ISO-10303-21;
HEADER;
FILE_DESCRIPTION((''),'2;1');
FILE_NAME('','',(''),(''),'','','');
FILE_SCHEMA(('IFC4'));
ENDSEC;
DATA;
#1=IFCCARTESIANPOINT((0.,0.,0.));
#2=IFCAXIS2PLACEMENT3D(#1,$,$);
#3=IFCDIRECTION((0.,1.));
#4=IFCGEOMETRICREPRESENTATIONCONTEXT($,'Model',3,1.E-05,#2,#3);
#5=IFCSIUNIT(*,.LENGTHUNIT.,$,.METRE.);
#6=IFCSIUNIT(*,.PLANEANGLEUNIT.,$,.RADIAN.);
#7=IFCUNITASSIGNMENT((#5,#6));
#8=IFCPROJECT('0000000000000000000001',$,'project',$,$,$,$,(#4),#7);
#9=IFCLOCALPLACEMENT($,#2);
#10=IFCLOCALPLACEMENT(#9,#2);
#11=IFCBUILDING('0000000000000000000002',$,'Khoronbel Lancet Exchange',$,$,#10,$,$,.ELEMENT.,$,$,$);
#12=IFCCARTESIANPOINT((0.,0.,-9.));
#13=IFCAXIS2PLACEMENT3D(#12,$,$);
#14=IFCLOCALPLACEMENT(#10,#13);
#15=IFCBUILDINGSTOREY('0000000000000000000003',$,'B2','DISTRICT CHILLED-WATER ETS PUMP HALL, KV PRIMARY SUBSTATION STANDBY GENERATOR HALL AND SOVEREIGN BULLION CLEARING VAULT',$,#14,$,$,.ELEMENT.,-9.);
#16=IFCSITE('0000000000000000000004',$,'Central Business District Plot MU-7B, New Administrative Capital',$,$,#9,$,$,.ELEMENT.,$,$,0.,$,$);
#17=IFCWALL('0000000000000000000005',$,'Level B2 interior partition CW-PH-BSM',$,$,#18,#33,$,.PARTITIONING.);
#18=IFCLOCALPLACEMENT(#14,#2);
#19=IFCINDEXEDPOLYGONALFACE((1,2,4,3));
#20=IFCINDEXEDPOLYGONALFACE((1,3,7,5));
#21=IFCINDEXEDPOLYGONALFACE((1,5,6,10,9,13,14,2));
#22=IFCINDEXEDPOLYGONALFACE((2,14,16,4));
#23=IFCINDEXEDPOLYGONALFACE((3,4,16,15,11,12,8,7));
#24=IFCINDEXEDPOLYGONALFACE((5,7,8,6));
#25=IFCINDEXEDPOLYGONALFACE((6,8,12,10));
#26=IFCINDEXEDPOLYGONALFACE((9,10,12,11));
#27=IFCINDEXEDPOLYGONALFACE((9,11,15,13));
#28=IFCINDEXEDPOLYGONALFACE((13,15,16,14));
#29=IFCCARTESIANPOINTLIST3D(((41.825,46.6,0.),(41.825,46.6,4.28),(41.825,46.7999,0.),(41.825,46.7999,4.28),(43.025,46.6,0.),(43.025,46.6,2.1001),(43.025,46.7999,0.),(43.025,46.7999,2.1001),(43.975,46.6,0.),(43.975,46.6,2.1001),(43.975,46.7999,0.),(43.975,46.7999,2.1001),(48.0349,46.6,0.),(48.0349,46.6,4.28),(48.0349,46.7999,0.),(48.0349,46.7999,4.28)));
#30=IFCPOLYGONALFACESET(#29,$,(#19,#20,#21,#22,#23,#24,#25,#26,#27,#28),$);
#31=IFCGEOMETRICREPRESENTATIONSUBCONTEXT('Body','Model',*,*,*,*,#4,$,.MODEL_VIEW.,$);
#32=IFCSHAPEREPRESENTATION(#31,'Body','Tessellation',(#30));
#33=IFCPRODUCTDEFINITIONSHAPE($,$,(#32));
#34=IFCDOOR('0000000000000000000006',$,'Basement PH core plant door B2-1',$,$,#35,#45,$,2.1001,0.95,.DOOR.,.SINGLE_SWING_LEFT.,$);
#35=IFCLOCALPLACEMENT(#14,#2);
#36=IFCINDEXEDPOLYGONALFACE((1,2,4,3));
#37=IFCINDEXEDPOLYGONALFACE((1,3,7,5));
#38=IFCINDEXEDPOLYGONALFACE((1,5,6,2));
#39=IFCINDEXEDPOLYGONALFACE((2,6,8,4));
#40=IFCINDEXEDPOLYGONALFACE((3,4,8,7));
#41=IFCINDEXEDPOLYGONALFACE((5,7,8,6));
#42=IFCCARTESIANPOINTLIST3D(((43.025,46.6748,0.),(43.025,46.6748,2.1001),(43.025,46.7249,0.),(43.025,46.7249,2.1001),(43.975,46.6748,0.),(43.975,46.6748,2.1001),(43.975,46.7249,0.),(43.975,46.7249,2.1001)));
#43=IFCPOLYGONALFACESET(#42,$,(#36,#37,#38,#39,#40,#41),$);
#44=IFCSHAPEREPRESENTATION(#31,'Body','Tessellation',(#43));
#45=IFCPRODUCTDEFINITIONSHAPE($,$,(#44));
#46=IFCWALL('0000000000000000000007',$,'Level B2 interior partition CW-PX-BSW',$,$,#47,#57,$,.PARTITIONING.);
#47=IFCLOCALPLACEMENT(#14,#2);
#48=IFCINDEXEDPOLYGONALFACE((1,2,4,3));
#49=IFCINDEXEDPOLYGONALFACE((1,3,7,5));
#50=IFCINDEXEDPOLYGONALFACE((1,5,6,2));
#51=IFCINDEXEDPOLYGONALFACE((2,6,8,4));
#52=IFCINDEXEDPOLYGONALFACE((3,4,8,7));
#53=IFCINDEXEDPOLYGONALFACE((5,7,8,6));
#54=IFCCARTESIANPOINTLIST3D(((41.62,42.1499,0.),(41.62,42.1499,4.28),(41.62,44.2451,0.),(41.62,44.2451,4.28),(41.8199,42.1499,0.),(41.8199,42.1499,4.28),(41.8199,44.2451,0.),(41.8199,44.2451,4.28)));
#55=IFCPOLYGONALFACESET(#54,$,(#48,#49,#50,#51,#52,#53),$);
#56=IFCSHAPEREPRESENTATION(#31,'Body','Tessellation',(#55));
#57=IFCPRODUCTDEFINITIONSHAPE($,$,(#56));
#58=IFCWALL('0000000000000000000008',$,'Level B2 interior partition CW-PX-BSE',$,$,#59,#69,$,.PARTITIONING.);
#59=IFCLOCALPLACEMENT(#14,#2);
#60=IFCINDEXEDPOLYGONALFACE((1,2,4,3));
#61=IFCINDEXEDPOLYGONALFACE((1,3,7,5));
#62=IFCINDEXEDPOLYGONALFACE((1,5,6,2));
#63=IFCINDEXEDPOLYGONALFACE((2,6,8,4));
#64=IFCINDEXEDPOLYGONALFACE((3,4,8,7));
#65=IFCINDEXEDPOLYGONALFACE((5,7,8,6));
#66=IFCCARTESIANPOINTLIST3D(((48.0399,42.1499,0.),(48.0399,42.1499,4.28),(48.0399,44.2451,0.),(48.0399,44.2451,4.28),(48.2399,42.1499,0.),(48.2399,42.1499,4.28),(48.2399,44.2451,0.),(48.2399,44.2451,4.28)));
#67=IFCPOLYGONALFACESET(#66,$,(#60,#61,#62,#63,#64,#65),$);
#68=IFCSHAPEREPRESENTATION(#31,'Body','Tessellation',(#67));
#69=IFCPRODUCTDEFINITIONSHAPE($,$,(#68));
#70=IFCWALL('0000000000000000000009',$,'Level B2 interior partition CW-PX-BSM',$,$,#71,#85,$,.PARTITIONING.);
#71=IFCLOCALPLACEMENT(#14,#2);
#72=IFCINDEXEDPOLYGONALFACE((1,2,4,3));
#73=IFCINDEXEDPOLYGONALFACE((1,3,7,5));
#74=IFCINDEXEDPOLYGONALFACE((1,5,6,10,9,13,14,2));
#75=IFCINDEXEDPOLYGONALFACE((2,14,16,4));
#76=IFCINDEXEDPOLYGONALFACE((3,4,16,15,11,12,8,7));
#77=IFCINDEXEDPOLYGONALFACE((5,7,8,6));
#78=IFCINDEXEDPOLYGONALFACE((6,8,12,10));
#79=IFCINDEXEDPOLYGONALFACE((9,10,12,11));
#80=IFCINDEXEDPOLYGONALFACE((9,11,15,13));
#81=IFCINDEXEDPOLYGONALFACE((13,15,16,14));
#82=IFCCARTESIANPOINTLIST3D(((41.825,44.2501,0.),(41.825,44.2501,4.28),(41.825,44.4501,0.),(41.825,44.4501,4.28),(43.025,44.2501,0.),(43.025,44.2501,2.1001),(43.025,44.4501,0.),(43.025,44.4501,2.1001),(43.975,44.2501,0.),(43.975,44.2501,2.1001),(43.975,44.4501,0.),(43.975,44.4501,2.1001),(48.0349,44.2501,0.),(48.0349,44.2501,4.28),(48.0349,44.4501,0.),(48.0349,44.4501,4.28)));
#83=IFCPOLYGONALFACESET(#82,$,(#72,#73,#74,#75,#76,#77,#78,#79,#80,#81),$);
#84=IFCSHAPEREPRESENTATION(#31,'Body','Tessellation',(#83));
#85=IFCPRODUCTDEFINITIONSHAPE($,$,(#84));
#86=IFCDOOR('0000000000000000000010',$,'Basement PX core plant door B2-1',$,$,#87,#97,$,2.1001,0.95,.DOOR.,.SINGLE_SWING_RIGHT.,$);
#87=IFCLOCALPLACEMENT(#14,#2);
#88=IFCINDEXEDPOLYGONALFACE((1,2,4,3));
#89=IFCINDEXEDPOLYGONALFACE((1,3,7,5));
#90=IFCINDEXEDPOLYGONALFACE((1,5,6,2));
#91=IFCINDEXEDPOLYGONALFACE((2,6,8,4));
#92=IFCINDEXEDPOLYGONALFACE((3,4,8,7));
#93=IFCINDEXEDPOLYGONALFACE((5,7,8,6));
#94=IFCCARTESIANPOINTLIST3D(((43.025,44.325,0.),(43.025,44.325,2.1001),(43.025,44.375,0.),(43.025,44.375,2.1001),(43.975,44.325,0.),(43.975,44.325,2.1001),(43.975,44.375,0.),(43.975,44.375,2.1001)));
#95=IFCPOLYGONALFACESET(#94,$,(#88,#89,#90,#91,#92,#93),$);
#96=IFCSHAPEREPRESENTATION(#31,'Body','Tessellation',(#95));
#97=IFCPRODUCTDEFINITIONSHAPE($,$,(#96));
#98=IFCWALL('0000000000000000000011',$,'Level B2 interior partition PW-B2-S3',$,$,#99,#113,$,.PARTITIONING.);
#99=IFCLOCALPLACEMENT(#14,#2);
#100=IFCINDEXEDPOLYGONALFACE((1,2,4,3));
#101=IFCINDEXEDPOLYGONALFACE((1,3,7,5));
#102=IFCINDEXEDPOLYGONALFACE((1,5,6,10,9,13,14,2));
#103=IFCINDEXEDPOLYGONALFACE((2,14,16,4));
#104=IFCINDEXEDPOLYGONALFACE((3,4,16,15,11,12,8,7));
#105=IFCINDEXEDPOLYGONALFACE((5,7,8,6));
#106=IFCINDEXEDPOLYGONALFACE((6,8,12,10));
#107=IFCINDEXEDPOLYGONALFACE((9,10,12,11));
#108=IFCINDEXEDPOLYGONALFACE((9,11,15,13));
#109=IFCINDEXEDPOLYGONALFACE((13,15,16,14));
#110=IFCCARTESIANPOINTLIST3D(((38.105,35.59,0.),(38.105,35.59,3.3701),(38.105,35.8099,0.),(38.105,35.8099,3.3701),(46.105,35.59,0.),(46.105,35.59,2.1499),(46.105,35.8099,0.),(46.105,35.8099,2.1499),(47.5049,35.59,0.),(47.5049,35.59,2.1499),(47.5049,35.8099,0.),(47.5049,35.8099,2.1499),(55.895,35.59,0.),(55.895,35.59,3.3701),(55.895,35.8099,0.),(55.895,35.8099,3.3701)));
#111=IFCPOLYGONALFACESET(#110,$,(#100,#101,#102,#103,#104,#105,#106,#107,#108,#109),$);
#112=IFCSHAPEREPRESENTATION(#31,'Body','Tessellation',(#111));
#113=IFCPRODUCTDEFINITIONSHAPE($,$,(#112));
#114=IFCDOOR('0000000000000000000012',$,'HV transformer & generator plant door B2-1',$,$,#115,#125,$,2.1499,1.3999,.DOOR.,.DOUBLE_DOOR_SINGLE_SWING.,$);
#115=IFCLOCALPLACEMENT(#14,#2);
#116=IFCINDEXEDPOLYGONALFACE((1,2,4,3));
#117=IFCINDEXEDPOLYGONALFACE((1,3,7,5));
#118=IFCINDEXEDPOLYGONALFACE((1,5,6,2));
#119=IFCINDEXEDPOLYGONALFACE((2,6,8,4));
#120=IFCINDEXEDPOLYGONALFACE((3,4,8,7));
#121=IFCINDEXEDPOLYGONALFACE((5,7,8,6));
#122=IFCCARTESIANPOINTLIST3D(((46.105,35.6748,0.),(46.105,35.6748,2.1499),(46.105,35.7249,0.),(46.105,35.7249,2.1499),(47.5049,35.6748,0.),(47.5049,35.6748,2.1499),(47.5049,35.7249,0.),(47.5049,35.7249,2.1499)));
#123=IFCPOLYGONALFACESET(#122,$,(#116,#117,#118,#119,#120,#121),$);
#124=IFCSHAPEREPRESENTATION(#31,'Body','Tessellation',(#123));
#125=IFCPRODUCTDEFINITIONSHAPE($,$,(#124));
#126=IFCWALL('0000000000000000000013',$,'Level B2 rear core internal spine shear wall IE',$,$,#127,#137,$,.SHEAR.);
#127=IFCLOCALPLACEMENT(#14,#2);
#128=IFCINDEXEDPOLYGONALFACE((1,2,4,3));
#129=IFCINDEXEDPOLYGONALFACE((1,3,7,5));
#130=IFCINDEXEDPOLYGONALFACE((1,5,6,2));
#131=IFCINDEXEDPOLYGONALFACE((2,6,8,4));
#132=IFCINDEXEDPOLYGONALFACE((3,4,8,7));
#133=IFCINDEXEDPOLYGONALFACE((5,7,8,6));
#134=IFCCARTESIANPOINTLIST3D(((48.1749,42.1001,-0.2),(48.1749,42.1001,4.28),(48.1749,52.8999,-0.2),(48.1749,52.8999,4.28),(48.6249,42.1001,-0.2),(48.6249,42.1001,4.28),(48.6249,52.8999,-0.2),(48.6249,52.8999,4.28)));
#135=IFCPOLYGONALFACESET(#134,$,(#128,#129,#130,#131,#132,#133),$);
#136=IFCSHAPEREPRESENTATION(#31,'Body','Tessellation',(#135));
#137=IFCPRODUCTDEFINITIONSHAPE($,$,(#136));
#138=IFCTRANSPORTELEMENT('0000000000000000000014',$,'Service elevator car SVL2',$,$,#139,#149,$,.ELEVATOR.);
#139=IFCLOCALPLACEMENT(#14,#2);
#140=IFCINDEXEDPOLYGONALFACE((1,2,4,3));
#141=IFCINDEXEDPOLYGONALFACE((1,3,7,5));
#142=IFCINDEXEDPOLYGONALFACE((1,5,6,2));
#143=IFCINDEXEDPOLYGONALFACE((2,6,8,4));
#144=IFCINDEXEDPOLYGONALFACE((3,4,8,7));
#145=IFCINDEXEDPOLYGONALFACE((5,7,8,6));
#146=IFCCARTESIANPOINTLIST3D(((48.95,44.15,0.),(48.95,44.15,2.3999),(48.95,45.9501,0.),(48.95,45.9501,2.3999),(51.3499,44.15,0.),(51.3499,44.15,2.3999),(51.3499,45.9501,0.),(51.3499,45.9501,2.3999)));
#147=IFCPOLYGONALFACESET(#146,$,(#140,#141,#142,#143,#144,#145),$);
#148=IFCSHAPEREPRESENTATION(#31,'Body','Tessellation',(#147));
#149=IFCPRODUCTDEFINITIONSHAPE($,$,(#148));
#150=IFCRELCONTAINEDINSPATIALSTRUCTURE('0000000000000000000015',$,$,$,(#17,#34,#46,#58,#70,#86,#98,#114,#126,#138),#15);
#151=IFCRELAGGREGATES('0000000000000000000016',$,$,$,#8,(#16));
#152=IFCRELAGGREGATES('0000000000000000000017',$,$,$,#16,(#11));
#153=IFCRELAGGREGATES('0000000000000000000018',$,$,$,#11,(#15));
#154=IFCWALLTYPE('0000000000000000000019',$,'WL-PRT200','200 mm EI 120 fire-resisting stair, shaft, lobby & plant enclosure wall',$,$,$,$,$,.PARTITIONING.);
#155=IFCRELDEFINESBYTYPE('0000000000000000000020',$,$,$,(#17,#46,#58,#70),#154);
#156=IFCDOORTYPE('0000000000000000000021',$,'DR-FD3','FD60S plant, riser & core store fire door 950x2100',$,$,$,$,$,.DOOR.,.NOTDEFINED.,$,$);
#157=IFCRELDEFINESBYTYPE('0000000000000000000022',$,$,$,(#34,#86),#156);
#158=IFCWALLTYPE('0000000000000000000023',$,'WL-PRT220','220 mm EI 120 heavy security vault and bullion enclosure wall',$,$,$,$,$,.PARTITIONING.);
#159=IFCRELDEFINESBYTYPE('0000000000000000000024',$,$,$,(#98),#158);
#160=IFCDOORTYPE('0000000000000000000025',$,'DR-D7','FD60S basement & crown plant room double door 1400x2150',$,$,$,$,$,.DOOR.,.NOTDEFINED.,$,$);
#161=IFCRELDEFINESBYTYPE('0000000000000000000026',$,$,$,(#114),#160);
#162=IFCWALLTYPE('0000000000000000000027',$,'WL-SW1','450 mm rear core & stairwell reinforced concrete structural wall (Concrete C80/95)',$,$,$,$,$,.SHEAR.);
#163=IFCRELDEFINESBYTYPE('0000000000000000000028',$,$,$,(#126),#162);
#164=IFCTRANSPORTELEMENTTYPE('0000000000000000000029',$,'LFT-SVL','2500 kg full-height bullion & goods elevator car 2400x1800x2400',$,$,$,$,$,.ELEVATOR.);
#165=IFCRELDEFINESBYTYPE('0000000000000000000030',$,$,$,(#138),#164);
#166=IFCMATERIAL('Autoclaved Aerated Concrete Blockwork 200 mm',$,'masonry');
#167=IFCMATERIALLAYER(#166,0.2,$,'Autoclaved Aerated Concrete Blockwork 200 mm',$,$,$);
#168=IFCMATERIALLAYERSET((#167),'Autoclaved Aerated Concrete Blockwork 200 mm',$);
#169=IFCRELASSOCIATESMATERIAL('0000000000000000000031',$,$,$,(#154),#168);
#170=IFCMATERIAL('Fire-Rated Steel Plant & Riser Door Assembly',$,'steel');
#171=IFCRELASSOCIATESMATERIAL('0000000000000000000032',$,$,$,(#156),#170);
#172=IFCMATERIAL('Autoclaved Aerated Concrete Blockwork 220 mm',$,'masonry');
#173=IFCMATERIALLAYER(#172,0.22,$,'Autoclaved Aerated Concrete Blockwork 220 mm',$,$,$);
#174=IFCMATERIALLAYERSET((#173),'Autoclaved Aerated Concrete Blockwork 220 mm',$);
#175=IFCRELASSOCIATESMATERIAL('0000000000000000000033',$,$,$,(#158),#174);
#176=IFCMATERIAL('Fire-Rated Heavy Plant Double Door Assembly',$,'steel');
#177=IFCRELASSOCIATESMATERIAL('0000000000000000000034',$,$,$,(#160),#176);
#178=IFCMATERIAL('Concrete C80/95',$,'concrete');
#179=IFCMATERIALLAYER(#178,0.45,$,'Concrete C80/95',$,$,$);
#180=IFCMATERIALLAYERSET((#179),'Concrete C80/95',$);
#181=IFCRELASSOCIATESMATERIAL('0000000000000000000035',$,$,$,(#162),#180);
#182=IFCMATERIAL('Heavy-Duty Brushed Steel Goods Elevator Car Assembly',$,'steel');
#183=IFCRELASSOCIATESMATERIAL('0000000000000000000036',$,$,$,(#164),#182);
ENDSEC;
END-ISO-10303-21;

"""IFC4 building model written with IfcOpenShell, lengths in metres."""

from ifc_helpers import new_model, si_unit, direction, frame, frame_2d, origin, origin_2d, place, context, subcontext, project, spatial, rectangle, extrude, material, layer, layer_set, type_object, element, fill, save


model = new_model("IFC4")

# Units and contexts
model_context = context("Model", 3, precision=1e-05, world=origin(), true_north=direction((0.0, 1.0)))
body_context = subcontext(model_context, "Body", "Model", "MODEL_VIEW")
ifc_project = project(units=[si_unit("LENGTHUNIT", "METRE"), si_unit("PLANEANGLEUNIT", "RADIAN")], contexts=[model_context])

# Site, building, storey
site_placement = place(None, origin())
site = spatial("IfcSite", under=ifc_project, at=site_placement, Name="Central Business District Plot MU-7B, New Administrative Capital", CompositionType="ELEMENT", RefElevation=0.0)
building_placement = place(site_placement, origin())
building = spatial("IfcBuilding", under=site, at=building_placement, Name="Khoronbel Lancet Exchange", CompositionType="ELEMENT")
storey_placement = place(building_placement, frame((0.0, 0.0, -9.0)))
storey = spatial("IfcBuildingStorey", under=building, at=storey_placement, Name="B2", Description="DISTRICT CHILLED-WATER ETS PUMP HALL, KV PRIMARY SUBSTATION STANDBY GENERATOR HALL AND SOVEREIGN BULLION CLEARING VAULT", CompositionType="ELEMENT", Elevation=-9.0)

# Shared definitions
ifc_material_1 = material(Name="Concrete C80/95", Category="concrete")

# Shared definitions
ifc_material_2 = material(Name="Autoclaved Aerated Concrete Blockwork 200 mm", Category="masonry")
ifc_layer_1 = layer(ifc_material_2, 0.2, Name="Autoclaved Aerated Concrete Blockwork 200 mm")
ifc_layer_set_1 = layer_set([ifc_layer_1], Name="Autoclaved Aerated Concrete Blockwork 200 mm")
wall_type_1 = type_object("IfcWallType", Name="WL-PRT200", Description="200 mm EI 120 fire-resisting stair, shaft, lobby & plant enclosure wall", PredefinedType="PARTITIONING", material=ifc_layer_set_1)

# Wall, opening, door
wall_1_placement = place(storey_placement, frame((41.825, 46.7, 0.0), z_axis=(0.0, 0.0, 1.0), x_axis=(1.0, 0.0, 0.0)))
wall_1 = element("IfcWall", 1, at=wall_1_placement, inside=storey, type_object=wall_type_1, Name="Level B2 interior partition CW-PH-BSM", PredefinedType="PARTITIONING", context=body_context, shape_type="SweptSolid", body=[
    extrude(rectangle(XDim=6.21, YDim=0.2, at=frame_2d((3.105, 0.0))), origin(), (0.0, 0.0, 1.0), 4.28),
])
opening_1_placement = place(wall_1_placement, frame((1.2, 0.0, 0.0)))
opening_1 = element("IfcOpeningElement", 2, at=opening_1_placement, cuts=wall_1, PredefinedType="OPENING", context=body_context, shape_type="SweptSolid", body=[
    extrude(rectangle(XDim=0.95, YDim=2.1001, at=frame_2d((0.4751, 1.05))), frame((0.0, 0.1099, 0.0), z_axis=(0.0, -1.0, 0.0), x_axis=(1.0, 0.0, 0.0)), (0.0, 0.0, 1.0), 0.22),
])
ifc_material_3 = material(Name="Fire-Rated Steel Plant & Riser Door Assembly", Category="steel")
door_type_1 = type_object("IfcDoorType", Name="DR-FD3", Description="FD60S plant, riser & core store fire door 950x2100", OperationType="NOTDEFINED", PredefinedType="DOOR", material=ifc_material_3)
door_1_placement = place(opening_1_placement, origin())
door_1 = element("IfcDoor", 3, at=door_1_placement, inside=storey, type_object=door_type_1, Name="Basement PH core plant door B2-1", OperationType="SINGLE_SWING_LEFT", OverallHeight=2.1001, OverallWidth=0.95, PredefinedType="DOOR", context=body_context, shape_type="SweptSolid", body=[
    extrude(rectangle(XDim=0.95, YDim=2.1001, at=frame_2d((0.4751, 1.05))), frame((0.0, 0.0249, 0.0), z_axis=(0.0, -1.0, 0.0), x_axis=(1.0, 0.0, 0.0)), (0.0, 0.0, 1.0), 0.05),
])
fill(opening_1, door_1)

# Walls
for number, where, z_axis, x_axis, name in (
    (4, (41.72, 42.1499, 0.0), (0.0, 0.0, 1.0), (0.0, 1.0, 0.0), "Level B2 interior partition CW-PX-BSW"),
    (5, (48.1399, 42.1499, 0.0), (0.0, 0.0, 1.0), (0.0, 1.0, 0.0), "Level B2 interior partition CW-PX-BSE"),
):
    element("IfcWall", number, at=place(storey_placement, frame(where, z_axis=z_axis, x_axis=x_axis)), inside=storey, type_object=wall_type_1, Name=name, PredefinedType="PARTITIONING", context=body_context, shape_type="SweptSolid", body=[
        extrude(rectangle(XDim=2.0952, YDim=0.2, at=frame_2d((1.0476, 0.0))), origin(), (0.0, 0.0, 1.0), 4.28),
    ])

# Walls, openings, doors
wall_2_placement = place(storey_placement, frame((41.825, 44.3501, 0.0), z_axis=(0.0, 0.0, 1.0), x_axis=(1.0, 0.0, 0.0)))
wall_2 = element("IfcWall", 6, at=wall_2_placement, inside=storey, type_object=wall_type_1, Name="Level B2 interior partition CW-PX-BSM", PredefinedType="PARTITIONING", context=body_context, shape_type="SweptSolid", body=[
    extrude(rectangle(XDim=6.21, YDim=0.2, at=frame_2d((3.105, 0.0))), origin(), (0.0, 0.0, 1.0), 4.28),
])
opening_2_placement = place(wall_2_placement, frame((1.2, 0.0, 0.0)))
opening_2 = element("IfcOpeningElement", 7, at=opening_2_placement, cuts=wall_2, PredefinedType="OPENING", context=body_context, shape_type="SweptSolid", body=[
    extrude(rectangle(XDim=0.95, YDim=2.1001, at=frame_2d((0.4751, 1.05))), frame((0.0, 0.1099, 0.0), z_axis=(0.0, -1.0, 0.0), x_axis=(1.0, 0.0, 0.0)), (0.0, 0.0, 1.0), 0.22),
])
door_2_placement = place(opening_2_placement, origin())
door_2 = element("IfcDoor", 8, at=door_2_placement, inside=storey, type_object=door_type_1, Name="Basement PX core plant door B2-1", OperationType="SINGLE_SWING_RIGHT", OverallHeight=2.1001, OverallWidth=0.95, PredefinedType="DOOR", context=body_context, shape_type="SweptSolid", body=[
    extrude(rectangle(XDim=0.95, YDim=2.1001, at=frame_2d((0.4751, 1.05))), frame((0.0, 0.0249, 0.0), z_axis=(0.0, -1.0, 0.0), x_axis=(1.0, 0.0, 0.0)), (0.0, 0.0, 1.0), 0.05),
])
fill(opening_2, door_2)
ifc_material_4 = material(Name="Autoclaved Aerated Concrete Blockwork 220 mm", Category="masonry")
ifc_layer_2 = layer(ifc_material_4, 0.22, Name="Autoclaved Aerated Concrete Blockwork 220 mm")
ifc_layer_set_2 = layer_set([ifc_layer_2], Name="Autoclaved Aerated Concrete Blockwork 220 mm")
wall_type_2 = type_object("IfcWallType", Name="WL-PRT220", Description="220 mm EI 120 heavy security vault and bullion enclosure wall", PredefinedType="PARTITIONING", material=ifc_layer_set_2)
wall_3_placement = place(storey_placement, frame((38.105, 35.7, 0.0), z_axis=(0.0, 0.0, 1.0), x_axis=(1.0, 0.0, 0.0)))
wall_3 = element("IfcWall", 9, at=wall_3_placement, inside=storey, type_object=wall_type_2, Name="Level B2 interior partition PW-B2-S3", PredefinedType="PARTITIONING", context=body_context, shape_type="SweptSolid", body=[
    extrude(rectangle(XDim=17.79, YDim=0.22, at=frame_2d((8.895, 0.0))), origin(), (0.0, 0.0, 1.0), 3.3701),
])
opening_3_placement = place(wall_3_placement, frame((8.0, 0.0, 0.0)))
opening_3 = element("IfcOpeningElement", 10, at=opening_3_placement, cuts=wall_3, PredefinedType="OPENING", context=body_context, shape_type="SweptSolid", body=[
    extrude(rectangle(XDim=1.3999, YDim=2.1499, at=frame_2d((0.7, 1.075))), frame((0.0, 0.1201, 0.0), z_axis=(0.0, -1.0, 0.0), x_axis=(1.0, 0.0, 0.0)), (0.0, 0.0, 1.0), 0.24),
])
ifc_material_5 = material(Name="Fire-Rated Heavy Plant Double Door Assembly", Category="steel")
door_type_2 = type_object("IfcDoorType", Name="DR-D7", Description="FD60S basement & crown plant room double door 1400x2150", OperationType="NOTDEFINED", PredefinedType="DOOR", material=ifc_material_5)
door_3_placement = place(opening_3_placement, origin())
door_3 = element("IfcDoor", 11, at=door_3_placement, inside=storey, type_object=door_type_2, Name="HV transformer & generator plant door B2-1", OperationType="DOUBLE_DOOR_SINGLE_SWING", OverallHeight=2.1499, OverallWidth=1.3999, PredefinedType="DOOR", context=body_context, shape_type="SweptSolid", body=[
    extrude(rectangle(XDim=1.3999, YDim=2.1499, at=frame_2d((0.7, 1.075))), frame((0.0, 0.0249, 0.0), z_axis=(0.0, -1.0, 0.0), x_axis=(1.0, 0.0, 0.0)), (0.0, 0.0, 1.0), 0.05),
])
fill(opening_3, door_3)

# Wall
ifc_layer_3 = layer(ifc_material_1, 0.45, Name="Concrete C80/95")
ifc_layer_set_3 = layer_set([ifc_layer_3], Name="Concrete C80/95")
wall_type_3 = type_object("IfcWallType", Name="WL-SW1", Description="450 mm rear core & stairwell reinforced concrete structural wall (Concrete C80/95)", PredefinedType="SHEAR", material=ifc_layer_set_3)
wall_4_placement = place(storey_placement, frame((48.3999, 42.1001, -0.2), z_axis=(0.0, 0.0, 1.0), x_axis=(0.0, 1.0, 0.0)))
element("IfcWall", 12, at=wall_4_placement, inside=storey, type_object=wall_type_3, Name="Level B2 rear core internal spine shear wall IE", PredefinedType="SHEAR", context=body_context, shape_type="SweptSolid", body=[
    extrude(rectangle(XDim=10.7998, YDim=0.45, at=frame_2d((5.3999, 0.0))), origin(), (0.0, 0.0, 1.0), 4.48),
])

# Transport element
ifc_material_6 = material(Name="Heavy-Duty Brushed Steel Goods Elevator Car Assembly", Category="steel")
transport_element_type = type_object("IfcTransportElementType", Name="LFT-SVL", Description="2500 kg full-height bullion & goods elevator car 2400x1800x2400", PredefinedType="ELEVATOR", material=ifc_material_6)
transport_element_placement = place(storey_placement, frame((50.1499, 45.05, 0.0), z_axis=(0.0, 0.0, 1.0), x_axis=(1.0, 0.0, 0.0)))
element("IfcTransportElement", 13, at=transport_element_placement, inside=storey, type_object=transport_element_type, Name="Service elevator car SVL2", PredefinedType="ELEVATOR", context=body_context, shape_type="SweptSolid", body=[
    extrude(rectangle(XDim=2.3999, YDim=1.8, at=origin_2d()), origin(), (0.0, 0.0, 1.0), 2.3999),
])

save(model, "model.ifc")
